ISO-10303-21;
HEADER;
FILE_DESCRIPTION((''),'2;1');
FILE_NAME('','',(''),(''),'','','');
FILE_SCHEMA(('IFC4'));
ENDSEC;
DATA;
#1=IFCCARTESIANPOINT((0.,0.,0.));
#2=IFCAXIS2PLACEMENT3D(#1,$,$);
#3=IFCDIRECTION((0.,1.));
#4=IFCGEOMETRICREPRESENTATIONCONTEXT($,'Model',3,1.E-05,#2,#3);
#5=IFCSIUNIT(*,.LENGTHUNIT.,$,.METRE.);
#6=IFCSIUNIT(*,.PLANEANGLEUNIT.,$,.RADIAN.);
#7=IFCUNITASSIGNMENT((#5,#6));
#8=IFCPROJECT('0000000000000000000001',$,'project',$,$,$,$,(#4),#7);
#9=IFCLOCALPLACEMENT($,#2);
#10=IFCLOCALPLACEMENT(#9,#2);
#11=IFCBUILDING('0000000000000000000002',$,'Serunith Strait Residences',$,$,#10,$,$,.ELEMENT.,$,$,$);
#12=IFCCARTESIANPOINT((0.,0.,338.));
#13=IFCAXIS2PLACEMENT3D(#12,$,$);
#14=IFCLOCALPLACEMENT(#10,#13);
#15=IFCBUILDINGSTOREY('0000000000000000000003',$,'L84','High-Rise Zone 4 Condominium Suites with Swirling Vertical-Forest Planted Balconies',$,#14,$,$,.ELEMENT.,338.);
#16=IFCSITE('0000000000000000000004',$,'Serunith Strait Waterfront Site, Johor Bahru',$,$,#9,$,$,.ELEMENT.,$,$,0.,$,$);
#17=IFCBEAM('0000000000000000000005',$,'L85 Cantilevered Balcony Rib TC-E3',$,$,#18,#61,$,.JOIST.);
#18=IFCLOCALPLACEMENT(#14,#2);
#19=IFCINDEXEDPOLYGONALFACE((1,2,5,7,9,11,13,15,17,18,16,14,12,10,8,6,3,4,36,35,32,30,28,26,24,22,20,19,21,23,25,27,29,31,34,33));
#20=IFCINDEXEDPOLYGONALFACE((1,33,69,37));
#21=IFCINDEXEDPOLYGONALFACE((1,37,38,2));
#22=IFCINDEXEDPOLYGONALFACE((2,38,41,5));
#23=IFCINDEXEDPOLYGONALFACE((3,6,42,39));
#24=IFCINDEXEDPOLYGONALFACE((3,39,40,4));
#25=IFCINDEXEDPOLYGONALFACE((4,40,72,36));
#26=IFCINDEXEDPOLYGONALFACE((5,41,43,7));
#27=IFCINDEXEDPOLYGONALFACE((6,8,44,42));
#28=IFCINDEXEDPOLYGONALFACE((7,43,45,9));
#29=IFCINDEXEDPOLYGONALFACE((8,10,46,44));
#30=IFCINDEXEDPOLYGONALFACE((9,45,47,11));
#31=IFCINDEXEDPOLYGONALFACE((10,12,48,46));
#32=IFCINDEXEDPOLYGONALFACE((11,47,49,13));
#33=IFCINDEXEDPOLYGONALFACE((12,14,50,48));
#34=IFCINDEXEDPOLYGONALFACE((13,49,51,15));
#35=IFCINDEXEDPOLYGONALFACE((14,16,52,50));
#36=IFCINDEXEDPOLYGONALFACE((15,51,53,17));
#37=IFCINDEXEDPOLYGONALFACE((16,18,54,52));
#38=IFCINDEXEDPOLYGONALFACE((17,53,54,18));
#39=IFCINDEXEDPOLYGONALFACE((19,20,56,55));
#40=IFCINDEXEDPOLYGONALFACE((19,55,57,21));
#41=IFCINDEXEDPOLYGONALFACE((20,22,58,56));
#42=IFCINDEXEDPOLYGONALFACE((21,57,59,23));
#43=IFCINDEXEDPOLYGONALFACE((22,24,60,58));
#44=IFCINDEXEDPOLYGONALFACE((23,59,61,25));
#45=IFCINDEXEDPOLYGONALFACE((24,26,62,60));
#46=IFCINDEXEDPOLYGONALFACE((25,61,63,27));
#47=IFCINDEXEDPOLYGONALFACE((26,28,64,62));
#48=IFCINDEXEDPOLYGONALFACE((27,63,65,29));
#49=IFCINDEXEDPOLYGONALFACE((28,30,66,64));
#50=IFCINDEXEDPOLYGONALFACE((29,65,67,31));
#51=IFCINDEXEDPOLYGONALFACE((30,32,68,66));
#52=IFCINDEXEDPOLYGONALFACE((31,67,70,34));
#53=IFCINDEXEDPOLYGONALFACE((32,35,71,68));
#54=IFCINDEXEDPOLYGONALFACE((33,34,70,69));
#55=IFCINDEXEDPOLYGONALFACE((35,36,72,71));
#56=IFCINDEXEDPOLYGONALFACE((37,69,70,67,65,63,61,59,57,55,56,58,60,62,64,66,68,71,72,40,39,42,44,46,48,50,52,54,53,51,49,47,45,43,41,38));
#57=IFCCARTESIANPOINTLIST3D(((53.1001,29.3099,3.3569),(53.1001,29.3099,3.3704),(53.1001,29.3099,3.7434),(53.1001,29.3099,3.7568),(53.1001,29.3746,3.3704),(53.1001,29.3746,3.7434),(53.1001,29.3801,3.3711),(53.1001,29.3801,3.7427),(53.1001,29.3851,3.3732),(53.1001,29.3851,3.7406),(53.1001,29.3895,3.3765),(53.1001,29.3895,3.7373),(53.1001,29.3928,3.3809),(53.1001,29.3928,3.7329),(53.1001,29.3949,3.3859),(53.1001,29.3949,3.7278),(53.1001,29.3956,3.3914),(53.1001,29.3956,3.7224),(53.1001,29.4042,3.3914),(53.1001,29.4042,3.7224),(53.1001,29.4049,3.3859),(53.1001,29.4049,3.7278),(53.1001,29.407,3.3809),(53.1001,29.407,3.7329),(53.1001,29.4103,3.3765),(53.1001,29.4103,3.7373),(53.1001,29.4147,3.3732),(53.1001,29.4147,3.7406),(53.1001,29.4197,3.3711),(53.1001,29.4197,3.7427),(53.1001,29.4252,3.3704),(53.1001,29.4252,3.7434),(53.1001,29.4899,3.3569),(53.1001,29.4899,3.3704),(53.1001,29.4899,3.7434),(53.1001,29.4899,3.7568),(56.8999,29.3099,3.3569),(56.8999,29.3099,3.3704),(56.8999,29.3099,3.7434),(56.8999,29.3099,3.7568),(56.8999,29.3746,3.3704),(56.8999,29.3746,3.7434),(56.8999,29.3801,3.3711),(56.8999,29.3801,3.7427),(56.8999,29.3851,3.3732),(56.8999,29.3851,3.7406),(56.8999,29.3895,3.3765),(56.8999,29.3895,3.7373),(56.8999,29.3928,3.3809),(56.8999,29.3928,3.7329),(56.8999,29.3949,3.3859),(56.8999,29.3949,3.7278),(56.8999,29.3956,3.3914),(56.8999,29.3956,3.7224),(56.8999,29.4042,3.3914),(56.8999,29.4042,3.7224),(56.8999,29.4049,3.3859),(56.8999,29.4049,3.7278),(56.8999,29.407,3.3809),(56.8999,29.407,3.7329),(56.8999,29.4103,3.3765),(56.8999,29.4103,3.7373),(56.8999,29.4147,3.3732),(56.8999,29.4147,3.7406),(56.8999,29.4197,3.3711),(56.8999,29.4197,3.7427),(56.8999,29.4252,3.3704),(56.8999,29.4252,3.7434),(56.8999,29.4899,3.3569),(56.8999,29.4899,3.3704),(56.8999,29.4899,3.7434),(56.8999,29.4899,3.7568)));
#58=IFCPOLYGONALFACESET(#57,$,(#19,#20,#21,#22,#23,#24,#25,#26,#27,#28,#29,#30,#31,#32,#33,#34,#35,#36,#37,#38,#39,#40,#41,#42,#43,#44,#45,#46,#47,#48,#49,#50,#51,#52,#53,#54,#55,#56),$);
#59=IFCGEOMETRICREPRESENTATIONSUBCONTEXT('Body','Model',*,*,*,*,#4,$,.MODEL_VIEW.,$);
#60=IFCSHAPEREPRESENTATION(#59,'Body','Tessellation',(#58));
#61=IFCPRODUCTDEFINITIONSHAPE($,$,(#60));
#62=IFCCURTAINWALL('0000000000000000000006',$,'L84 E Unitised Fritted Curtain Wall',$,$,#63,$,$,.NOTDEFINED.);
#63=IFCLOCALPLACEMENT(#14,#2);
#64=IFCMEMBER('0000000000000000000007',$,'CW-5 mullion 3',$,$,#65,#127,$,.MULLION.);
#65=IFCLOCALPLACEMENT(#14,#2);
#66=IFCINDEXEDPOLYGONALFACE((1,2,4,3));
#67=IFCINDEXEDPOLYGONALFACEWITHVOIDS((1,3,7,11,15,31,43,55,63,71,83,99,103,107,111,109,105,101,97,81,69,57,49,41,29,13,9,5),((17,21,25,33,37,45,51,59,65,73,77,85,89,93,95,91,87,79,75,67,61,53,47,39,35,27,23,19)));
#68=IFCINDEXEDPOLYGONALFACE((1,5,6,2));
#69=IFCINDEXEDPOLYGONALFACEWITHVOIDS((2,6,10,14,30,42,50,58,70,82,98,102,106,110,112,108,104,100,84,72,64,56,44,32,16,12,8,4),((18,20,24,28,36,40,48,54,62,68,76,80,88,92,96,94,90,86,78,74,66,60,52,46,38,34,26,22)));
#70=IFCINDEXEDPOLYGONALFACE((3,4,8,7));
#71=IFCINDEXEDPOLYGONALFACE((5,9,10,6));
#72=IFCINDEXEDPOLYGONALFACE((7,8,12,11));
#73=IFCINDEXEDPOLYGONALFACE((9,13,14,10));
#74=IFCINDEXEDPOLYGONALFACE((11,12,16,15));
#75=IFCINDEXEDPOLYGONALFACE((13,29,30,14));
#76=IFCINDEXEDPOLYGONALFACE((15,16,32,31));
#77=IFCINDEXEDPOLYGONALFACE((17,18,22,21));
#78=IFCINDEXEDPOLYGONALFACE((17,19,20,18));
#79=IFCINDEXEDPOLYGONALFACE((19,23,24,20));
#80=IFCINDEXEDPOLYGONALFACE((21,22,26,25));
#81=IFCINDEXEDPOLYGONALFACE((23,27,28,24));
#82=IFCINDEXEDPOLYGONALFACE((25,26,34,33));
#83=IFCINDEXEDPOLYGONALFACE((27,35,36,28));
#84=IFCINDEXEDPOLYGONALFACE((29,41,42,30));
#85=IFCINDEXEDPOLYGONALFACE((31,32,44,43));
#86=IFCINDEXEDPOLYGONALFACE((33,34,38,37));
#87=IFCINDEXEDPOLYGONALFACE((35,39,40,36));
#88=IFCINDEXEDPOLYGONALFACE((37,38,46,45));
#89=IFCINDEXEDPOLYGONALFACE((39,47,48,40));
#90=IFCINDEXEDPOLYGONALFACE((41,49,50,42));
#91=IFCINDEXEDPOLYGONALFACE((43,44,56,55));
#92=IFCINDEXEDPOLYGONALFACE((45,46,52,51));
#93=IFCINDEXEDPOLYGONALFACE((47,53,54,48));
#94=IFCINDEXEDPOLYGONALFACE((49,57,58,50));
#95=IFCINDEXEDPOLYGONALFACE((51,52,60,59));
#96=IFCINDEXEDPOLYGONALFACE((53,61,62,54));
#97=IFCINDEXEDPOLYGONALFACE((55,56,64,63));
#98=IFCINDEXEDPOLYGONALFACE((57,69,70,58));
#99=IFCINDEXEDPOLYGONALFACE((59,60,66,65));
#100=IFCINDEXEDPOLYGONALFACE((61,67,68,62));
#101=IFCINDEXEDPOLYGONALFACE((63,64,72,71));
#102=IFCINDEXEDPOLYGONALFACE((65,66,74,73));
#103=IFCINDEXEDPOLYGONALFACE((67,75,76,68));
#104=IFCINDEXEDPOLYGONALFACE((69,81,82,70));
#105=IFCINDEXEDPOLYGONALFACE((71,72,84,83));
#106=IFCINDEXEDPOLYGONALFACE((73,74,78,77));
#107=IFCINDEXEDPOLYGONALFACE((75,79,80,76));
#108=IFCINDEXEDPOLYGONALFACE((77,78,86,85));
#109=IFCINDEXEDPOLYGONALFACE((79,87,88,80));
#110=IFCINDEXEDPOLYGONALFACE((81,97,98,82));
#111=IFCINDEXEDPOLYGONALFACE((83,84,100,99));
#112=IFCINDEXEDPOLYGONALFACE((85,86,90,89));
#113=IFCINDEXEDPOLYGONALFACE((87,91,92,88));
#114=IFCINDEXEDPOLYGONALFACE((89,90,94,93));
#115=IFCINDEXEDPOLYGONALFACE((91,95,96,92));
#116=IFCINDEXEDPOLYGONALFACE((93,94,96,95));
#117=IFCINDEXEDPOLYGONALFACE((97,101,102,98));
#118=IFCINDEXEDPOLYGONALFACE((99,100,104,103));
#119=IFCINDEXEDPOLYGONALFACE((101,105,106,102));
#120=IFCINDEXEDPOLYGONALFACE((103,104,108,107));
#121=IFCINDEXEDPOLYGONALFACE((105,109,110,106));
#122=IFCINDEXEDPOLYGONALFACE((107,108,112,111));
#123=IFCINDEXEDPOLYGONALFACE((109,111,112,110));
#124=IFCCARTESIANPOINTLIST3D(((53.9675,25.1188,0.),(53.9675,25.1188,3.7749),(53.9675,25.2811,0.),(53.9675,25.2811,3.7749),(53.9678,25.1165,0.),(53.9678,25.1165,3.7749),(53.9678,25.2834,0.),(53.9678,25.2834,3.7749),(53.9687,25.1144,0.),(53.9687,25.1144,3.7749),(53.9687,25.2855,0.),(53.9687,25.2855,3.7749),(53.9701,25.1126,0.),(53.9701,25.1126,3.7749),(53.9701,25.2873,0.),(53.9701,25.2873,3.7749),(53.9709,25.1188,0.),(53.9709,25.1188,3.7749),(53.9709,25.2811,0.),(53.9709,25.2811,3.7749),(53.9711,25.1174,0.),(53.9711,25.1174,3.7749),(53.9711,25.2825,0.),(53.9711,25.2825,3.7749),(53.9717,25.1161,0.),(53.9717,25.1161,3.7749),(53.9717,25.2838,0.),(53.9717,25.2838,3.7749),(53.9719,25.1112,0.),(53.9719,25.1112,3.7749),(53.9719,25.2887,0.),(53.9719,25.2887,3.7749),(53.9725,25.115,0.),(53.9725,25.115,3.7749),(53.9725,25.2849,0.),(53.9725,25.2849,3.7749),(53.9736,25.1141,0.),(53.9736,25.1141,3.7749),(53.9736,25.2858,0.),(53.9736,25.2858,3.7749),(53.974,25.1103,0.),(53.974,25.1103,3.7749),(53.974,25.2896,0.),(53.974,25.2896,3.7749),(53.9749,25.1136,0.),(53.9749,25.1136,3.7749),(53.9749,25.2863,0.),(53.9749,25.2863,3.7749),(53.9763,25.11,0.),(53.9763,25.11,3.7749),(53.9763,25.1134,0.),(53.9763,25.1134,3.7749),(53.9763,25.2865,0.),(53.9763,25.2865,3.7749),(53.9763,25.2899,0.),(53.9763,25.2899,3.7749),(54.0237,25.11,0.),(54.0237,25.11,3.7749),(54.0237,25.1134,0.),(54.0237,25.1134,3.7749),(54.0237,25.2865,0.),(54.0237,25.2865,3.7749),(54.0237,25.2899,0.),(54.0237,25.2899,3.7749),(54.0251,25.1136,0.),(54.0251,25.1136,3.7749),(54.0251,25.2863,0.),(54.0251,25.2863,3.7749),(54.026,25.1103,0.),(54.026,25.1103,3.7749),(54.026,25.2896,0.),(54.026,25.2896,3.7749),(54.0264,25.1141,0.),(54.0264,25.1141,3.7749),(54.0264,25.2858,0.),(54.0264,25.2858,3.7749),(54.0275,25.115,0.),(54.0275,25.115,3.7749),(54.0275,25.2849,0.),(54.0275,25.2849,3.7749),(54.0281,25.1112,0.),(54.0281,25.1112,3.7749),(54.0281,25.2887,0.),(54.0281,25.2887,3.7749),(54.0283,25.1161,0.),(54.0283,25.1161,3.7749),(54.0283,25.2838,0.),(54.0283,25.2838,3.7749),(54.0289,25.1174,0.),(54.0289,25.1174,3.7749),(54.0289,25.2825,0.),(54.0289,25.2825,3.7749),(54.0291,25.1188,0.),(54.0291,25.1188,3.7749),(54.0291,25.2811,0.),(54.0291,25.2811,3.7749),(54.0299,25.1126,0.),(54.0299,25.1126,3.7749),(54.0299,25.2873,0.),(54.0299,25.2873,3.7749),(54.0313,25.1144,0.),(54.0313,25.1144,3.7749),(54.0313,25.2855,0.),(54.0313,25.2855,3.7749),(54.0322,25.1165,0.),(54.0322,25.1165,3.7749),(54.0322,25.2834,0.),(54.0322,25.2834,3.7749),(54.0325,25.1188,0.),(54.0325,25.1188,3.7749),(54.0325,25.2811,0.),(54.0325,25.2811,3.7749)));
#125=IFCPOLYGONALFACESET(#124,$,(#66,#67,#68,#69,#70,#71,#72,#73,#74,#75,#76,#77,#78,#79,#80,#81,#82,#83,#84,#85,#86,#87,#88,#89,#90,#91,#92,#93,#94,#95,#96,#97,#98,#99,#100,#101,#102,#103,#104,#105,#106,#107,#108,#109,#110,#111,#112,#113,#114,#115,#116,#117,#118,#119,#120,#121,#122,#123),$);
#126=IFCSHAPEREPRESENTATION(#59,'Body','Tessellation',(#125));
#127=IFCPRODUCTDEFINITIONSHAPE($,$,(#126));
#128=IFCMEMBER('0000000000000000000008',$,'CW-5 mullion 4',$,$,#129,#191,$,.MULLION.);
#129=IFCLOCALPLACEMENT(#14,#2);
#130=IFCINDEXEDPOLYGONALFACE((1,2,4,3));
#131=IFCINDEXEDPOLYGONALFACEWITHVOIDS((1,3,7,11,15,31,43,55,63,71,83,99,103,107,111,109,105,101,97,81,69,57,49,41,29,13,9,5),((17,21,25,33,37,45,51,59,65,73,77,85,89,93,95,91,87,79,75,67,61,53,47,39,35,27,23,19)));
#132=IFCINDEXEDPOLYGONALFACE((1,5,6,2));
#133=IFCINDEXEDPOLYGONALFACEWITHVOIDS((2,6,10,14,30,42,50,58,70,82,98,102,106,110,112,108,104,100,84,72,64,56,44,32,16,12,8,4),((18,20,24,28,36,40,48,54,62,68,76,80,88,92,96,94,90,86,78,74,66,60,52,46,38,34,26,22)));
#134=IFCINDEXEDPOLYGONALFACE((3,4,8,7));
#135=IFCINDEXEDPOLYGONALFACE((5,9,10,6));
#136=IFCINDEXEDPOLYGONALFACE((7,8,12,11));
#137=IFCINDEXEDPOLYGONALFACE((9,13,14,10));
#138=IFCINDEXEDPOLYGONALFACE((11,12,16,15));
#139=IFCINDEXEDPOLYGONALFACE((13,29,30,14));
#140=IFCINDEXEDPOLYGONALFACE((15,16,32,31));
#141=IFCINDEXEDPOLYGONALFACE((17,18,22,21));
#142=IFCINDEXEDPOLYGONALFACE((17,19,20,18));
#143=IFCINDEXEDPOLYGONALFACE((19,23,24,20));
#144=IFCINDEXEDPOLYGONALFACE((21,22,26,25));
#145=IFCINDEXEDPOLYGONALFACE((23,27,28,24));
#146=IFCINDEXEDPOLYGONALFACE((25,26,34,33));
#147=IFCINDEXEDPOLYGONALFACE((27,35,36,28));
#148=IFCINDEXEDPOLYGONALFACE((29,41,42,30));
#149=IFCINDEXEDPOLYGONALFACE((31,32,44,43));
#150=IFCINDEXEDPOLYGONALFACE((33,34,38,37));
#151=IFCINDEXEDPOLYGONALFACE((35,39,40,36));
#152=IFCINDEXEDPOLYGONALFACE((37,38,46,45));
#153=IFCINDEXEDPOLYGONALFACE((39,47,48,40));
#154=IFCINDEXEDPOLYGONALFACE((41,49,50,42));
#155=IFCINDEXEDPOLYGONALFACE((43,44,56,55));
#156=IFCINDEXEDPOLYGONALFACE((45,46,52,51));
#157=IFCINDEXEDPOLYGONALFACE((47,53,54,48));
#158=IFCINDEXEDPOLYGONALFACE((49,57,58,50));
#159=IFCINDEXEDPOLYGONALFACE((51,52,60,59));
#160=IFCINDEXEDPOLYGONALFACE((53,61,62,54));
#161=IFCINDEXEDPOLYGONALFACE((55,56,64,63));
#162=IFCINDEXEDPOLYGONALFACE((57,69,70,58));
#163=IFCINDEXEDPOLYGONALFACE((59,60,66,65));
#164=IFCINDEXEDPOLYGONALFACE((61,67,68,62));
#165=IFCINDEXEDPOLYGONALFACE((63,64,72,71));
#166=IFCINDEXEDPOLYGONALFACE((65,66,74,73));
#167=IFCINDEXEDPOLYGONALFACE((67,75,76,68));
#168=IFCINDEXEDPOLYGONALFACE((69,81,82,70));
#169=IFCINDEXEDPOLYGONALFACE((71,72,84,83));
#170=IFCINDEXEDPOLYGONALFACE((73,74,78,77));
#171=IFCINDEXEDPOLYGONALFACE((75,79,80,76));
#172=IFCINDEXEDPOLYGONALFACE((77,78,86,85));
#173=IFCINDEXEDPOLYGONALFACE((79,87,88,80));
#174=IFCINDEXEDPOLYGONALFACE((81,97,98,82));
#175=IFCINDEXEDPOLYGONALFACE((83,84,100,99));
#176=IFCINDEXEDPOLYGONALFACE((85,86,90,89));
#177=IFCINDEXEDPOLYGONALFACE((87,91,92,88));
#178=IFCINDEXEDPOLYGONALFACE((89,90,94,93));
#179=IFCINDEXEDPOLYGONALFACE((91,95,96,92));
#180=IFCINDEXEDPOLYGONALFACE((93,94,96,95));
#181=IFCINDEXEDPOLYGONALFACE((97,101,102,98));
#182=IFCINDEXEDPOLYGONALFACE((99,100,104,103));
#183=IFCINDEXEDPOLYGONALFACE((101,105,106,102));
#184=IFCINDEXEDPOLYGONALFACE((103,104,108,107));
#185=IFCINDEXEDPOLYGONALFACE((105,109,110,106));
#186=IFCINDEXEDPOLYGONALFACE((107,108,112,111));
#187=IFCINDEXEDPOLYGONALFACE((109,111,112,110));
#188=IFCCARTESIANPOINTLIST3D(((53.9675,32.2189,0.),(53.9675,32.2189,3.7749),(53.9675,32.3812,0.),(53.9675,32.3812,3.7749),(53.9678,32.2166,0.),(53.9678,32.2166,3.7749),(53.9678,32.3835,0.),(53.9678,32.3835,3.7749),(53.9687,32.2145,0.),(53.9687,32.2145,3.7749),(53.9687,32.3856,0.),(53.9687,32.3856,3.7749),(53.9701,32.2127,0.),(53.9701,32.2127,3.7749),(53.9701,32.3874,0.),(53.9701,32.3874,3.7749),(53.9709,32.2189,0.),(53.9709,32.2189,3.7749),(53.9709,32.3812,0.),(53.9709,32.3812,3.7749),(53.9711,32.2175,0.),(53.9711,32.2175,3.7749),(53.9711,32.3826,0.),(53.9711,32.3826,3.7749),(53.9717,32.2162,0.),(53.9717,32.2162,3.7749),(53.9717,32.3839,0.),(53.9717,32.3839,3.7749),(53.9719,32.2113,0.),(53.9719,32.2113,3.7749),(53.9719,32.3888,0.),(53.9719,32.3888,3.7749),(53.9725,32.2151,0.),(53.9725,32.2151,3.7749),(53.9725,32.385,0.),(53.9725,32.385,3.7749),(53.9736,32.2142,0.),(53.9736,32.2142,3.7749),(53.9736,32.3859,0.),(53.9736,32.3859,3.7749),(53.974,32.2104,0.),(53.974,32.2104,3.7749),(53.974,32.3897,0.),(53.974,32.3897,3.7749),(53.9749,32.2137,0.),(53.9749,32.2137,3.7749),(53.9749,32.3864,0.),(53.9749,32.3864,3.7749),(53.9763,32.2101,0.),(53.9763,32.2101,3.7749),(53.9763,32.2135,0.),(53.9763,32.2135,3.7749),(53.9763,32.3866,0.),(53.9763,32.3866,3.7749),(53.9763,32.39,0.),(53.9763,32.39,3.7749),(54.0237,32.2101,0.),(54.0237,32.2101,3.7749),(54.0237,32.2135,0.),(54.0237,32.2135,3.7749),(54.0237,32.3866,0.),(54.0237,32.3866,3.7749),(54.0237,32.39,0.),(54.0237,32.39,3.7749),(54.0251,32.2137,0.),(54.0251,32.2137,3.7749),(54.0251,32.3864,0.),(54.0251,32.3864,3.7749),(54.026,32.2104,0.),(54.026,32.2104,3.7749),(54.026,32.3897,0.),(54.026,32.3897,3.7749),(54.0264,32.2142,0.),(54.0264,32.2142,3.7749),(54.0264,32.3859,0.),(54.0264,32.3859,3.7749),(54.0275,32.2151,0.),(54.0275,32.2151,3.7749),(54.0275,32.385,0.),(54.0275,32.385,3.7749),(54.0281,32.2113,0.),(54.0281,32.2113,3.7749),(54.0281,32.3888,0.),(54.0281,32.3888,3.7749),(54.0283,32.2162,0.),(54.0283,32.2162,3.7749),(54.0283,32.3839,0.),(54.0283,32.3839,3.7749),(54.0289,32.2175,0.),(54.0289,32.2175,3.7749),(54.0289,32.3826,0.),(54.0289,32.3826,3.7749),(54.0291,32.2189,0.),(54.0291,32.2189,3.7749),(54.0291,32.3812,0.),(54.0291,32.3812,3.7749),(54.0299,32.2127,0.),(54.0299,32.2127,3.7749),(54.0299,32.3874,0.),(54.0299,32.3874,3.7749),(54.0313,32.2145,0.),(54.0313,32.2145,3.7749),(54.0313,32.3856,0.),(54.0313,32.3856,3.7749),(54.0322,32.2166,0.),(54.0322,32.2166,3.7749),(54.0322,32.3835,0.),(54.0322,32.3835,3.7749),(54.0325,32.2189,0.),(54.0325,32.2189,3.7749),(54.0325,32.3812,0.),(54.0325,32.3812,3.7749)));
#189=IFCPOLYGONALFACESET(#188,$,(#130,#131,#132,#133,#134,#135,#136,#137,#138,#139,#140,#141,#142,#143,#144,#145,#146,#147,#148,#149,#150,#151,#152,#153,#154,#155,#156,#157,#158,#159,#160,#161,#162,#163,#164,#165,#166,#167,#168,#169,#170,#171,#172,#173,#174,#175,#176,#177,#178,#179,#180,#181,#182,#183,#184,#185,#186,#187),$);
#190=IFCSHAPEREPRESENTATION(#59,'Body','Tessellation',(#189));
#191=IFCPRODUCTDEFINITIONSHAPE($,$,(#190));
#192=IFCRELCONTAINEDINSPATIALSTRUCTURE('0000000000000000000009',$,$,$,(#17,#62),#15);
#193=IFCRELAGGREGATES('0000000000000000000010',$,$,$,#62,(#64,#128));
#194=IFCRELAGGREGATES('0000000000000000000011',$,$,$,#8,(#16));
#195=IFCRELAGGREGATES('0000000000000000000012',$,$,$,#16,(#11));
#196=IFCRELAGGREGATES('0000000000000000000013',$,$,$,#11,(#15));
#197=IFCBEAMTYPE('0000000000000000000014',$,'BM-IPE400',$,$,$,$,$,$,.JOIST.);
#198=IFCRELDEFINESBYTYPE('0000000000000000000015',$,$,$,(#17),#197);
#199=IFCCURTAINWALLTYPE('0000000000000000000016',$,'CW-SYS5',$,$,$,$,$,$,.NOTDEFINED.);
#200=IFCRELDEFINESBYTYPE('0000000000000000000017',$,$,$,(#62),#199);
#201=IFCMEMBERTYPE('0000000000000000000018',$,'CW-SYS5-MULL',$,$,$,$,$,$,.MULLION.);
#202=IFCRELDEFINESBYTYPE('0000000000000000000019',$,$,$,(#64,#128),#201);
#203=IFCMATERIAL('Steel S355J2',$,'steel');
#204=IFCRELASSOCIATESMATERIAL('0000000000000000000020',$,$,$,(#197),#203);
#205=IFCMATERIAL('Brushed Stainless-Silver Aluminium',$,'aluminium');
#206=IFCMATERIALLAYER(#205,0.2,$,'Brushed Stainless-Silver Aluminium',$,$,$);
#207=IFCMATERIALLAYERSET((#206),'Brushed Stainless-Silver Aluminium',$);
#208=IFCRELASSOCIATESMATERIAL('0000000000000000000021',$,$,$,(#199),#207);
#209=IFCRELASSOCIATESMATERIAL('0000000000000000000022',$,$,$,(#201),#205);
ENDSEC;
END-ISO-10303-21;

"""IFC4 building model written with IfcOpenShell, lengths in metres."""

from ifc_helpers import new_model, si_unit, direction, frame, origin, origin_2d, place, context, subcontext, project, spatial, hollow_rectangle, i_section, extrude, source, transform, mapped, material, layer, layer_set, material_profile, profile_set, type_object, element, aggregate, save


model = new_model("IFC4")

# Units and contexts
model_context = context("Model", 3, precision=1e-05, world=origin(), true_north=direction((0.0, 1.0)))
body_context = subcontext(model_context, "Body", "Model", "MODEL_VIEW")
ifc_project = project(units=[si_unit("LENGTHUNIT", "METRE"), si_unit("PLANEANGLEUNIT", "RADIAN")], contexts=[model_context])

# Site, building, storey
site_placement = place(None, origin())
site = spatial("IfcSite", under=ifc_project, at=site_placement, Name="Serunith Strait Waterfront Site, Johor Bahru", CompositionType="ELEMENT", RefElevation=0.0)
building_placement = place(site_placement, origin())
building = spatial("IfcBuilding", under=site, at=building_placement, Name="Serunith Strait Residences", CompositionType="ELEMENT")
storey_placement = place(building_placement, frame((0.0, 0.0, 338.0)))
storey = spatial("IfcBuildingStorey", under=building, at=storey_placement, Name="L84", Description="High-Rise Zone 4 Condominium Suites with Swirling Vertical-Forest Planted Balconies", CompositionType="ELEMENT", Elevation=338.0)

# Beam
ifc_material_1 = material(Name="Steel S355J2", Category="steel")
ifc_material_profile_1 = material_profile(ifc_material_1, i_section(OverallWidth=0.1799, OverallDepth=0.3999, WebThickness=0.0085, FlangeThickness=0.0134, FilletRadius=0.021, at=origin_2d()), Name="IPE 400")
ifc_profile_set_1 = profile_set([ifc_material_profile_1], Name="Steel S355J2")
beam_type_1 = type_object("IfcBeamType", Name="BM-IPE400", PredefinedType="JOIST", material=ifc_profile_set_1)
shared_shape_1 = source(origin(), body_context, "Body", "SweptSolid", [
    extrude(i_section(OverallWidth=0.1799, OverallDepth=0.3999, WebThickness=0.0085, FlangeThickness=0.0134, FilletRadius=0.021, at=origin_2d()), origin(), (0.0, 0.0, 1.0), 3.7998),
])
beam_1_placement = place(storey_placement, frame((53.1001, 29.3999, 3.5569), z_axis=(1.0, 0.0, 0.0), x_axis=(0.0, 1.0, 0.0)))
element("IfcBeam", 1, at=beam_1_placement, inside=storey, type_object=beam_type_1, Name="L85 Cantilevered Balcony Rib TC-E3", PredefinedType="JOIST", context=body_context, shape_type="MappedRepresentation", body=[
    mapped(shared_shape_1, transform((0.0, 0.0, 0.0), scale=1.0)),
])

# Curtain wall, members
ifc_material_2 = material(Name="Brushed Stainless-Silver Aluminium", Category="aluminium")
ifc_layer_1 = layer(ifc_material_2, 0.2, Name="Brushed Stainless-Silver Aluminium")
ifc_layer_set_1 = layer_set([ifc_layer_1], Name="Brushed Stainless-Silver Aluminium")
curtain_wall_type = type_object("IfcCurtainWallType", Name="CW-SYS5", PredefinedType="NOTDEFINED", material=ifc_layer_set_1)
curtain_wall_placement = place(storey_placement, origin())
curtain_wall = element("IfcCurtainWall", 2, at=curtain_wall_placement, inside=storey, type_object=curtain_wall_type, Name="L84 E Unitised Fritted Curtain Wall", PredefinedType="NOTDEFINED")
ifc_material_profile_2 = material_profile(ifc_material_2, hollow_rectangle(XDim=0.0649, YDim=0.1799, WallThickness=0.0034, InnerFilletRadius=0.0054, OuterFilletRadius=0.0088, at=origin_2d()), Name="ALU 180x65x3.5")
ifc_profile_set_2 = profile_set([ifc_material_profile_2], Name="Brushed Stainless-Silver Aluminium")
member_type_1 = type_object("IfcMemberType", Name="CW-SYS5-MULL", PredefinedType="MULLION", material=ifc_profile_set_2)
shared_shape_2 = source(origin(), body_context, "Body", "SweptSolid", [
    extrude(hollow_rectangle(XDim=0.0649, YDim=0.1799, WallThickness=0.0034, InnerFilletRadius=0.0054, OuterFilletRadius=0.0088, at=origin_2d()), origin(), (0.0, 0.0, 1.0), 3.7749),
])
member_1_placement = place(storey_placement, frame((54.0, 25.2, 0.0), z_axis=(0.0, 0.0, 1.0), x_axis=(-1.0, 0.0, 0.0)))
member_1 = element("IfcMember", 3, at=member_1_placement, type_object=member_type_1, Name="CW-5 mullion 3", PredefinedType="MULLION", context=body_context, shape_type="MappedRepresentation", body=[
    mapped(shared_shape_2, transform((0.0, 0.0, 0.0), scale=1.0)),
])
member_2_placement = place(storey_placement, frame((54.0, 32.3, 0.0), z_axis=(0.0, 0.0, 1.0), x_axis=(-1.0, 0.0, 0.0)))
member_2 = element("IfcMember", 4, at=member_2_placement, type_object=member_type_1, Name="CW-5 mullion 4", PredefinedType="MULLION", context=body_context, shape_type="MappedRepresentation", body=[
    mapped(shared_shape_2, transform((0.0, 0.0, 0.0), scale=1.0)),
])
aggregate(curtain_wall, [member_1, member_2])

save(model, "model.ifc")
